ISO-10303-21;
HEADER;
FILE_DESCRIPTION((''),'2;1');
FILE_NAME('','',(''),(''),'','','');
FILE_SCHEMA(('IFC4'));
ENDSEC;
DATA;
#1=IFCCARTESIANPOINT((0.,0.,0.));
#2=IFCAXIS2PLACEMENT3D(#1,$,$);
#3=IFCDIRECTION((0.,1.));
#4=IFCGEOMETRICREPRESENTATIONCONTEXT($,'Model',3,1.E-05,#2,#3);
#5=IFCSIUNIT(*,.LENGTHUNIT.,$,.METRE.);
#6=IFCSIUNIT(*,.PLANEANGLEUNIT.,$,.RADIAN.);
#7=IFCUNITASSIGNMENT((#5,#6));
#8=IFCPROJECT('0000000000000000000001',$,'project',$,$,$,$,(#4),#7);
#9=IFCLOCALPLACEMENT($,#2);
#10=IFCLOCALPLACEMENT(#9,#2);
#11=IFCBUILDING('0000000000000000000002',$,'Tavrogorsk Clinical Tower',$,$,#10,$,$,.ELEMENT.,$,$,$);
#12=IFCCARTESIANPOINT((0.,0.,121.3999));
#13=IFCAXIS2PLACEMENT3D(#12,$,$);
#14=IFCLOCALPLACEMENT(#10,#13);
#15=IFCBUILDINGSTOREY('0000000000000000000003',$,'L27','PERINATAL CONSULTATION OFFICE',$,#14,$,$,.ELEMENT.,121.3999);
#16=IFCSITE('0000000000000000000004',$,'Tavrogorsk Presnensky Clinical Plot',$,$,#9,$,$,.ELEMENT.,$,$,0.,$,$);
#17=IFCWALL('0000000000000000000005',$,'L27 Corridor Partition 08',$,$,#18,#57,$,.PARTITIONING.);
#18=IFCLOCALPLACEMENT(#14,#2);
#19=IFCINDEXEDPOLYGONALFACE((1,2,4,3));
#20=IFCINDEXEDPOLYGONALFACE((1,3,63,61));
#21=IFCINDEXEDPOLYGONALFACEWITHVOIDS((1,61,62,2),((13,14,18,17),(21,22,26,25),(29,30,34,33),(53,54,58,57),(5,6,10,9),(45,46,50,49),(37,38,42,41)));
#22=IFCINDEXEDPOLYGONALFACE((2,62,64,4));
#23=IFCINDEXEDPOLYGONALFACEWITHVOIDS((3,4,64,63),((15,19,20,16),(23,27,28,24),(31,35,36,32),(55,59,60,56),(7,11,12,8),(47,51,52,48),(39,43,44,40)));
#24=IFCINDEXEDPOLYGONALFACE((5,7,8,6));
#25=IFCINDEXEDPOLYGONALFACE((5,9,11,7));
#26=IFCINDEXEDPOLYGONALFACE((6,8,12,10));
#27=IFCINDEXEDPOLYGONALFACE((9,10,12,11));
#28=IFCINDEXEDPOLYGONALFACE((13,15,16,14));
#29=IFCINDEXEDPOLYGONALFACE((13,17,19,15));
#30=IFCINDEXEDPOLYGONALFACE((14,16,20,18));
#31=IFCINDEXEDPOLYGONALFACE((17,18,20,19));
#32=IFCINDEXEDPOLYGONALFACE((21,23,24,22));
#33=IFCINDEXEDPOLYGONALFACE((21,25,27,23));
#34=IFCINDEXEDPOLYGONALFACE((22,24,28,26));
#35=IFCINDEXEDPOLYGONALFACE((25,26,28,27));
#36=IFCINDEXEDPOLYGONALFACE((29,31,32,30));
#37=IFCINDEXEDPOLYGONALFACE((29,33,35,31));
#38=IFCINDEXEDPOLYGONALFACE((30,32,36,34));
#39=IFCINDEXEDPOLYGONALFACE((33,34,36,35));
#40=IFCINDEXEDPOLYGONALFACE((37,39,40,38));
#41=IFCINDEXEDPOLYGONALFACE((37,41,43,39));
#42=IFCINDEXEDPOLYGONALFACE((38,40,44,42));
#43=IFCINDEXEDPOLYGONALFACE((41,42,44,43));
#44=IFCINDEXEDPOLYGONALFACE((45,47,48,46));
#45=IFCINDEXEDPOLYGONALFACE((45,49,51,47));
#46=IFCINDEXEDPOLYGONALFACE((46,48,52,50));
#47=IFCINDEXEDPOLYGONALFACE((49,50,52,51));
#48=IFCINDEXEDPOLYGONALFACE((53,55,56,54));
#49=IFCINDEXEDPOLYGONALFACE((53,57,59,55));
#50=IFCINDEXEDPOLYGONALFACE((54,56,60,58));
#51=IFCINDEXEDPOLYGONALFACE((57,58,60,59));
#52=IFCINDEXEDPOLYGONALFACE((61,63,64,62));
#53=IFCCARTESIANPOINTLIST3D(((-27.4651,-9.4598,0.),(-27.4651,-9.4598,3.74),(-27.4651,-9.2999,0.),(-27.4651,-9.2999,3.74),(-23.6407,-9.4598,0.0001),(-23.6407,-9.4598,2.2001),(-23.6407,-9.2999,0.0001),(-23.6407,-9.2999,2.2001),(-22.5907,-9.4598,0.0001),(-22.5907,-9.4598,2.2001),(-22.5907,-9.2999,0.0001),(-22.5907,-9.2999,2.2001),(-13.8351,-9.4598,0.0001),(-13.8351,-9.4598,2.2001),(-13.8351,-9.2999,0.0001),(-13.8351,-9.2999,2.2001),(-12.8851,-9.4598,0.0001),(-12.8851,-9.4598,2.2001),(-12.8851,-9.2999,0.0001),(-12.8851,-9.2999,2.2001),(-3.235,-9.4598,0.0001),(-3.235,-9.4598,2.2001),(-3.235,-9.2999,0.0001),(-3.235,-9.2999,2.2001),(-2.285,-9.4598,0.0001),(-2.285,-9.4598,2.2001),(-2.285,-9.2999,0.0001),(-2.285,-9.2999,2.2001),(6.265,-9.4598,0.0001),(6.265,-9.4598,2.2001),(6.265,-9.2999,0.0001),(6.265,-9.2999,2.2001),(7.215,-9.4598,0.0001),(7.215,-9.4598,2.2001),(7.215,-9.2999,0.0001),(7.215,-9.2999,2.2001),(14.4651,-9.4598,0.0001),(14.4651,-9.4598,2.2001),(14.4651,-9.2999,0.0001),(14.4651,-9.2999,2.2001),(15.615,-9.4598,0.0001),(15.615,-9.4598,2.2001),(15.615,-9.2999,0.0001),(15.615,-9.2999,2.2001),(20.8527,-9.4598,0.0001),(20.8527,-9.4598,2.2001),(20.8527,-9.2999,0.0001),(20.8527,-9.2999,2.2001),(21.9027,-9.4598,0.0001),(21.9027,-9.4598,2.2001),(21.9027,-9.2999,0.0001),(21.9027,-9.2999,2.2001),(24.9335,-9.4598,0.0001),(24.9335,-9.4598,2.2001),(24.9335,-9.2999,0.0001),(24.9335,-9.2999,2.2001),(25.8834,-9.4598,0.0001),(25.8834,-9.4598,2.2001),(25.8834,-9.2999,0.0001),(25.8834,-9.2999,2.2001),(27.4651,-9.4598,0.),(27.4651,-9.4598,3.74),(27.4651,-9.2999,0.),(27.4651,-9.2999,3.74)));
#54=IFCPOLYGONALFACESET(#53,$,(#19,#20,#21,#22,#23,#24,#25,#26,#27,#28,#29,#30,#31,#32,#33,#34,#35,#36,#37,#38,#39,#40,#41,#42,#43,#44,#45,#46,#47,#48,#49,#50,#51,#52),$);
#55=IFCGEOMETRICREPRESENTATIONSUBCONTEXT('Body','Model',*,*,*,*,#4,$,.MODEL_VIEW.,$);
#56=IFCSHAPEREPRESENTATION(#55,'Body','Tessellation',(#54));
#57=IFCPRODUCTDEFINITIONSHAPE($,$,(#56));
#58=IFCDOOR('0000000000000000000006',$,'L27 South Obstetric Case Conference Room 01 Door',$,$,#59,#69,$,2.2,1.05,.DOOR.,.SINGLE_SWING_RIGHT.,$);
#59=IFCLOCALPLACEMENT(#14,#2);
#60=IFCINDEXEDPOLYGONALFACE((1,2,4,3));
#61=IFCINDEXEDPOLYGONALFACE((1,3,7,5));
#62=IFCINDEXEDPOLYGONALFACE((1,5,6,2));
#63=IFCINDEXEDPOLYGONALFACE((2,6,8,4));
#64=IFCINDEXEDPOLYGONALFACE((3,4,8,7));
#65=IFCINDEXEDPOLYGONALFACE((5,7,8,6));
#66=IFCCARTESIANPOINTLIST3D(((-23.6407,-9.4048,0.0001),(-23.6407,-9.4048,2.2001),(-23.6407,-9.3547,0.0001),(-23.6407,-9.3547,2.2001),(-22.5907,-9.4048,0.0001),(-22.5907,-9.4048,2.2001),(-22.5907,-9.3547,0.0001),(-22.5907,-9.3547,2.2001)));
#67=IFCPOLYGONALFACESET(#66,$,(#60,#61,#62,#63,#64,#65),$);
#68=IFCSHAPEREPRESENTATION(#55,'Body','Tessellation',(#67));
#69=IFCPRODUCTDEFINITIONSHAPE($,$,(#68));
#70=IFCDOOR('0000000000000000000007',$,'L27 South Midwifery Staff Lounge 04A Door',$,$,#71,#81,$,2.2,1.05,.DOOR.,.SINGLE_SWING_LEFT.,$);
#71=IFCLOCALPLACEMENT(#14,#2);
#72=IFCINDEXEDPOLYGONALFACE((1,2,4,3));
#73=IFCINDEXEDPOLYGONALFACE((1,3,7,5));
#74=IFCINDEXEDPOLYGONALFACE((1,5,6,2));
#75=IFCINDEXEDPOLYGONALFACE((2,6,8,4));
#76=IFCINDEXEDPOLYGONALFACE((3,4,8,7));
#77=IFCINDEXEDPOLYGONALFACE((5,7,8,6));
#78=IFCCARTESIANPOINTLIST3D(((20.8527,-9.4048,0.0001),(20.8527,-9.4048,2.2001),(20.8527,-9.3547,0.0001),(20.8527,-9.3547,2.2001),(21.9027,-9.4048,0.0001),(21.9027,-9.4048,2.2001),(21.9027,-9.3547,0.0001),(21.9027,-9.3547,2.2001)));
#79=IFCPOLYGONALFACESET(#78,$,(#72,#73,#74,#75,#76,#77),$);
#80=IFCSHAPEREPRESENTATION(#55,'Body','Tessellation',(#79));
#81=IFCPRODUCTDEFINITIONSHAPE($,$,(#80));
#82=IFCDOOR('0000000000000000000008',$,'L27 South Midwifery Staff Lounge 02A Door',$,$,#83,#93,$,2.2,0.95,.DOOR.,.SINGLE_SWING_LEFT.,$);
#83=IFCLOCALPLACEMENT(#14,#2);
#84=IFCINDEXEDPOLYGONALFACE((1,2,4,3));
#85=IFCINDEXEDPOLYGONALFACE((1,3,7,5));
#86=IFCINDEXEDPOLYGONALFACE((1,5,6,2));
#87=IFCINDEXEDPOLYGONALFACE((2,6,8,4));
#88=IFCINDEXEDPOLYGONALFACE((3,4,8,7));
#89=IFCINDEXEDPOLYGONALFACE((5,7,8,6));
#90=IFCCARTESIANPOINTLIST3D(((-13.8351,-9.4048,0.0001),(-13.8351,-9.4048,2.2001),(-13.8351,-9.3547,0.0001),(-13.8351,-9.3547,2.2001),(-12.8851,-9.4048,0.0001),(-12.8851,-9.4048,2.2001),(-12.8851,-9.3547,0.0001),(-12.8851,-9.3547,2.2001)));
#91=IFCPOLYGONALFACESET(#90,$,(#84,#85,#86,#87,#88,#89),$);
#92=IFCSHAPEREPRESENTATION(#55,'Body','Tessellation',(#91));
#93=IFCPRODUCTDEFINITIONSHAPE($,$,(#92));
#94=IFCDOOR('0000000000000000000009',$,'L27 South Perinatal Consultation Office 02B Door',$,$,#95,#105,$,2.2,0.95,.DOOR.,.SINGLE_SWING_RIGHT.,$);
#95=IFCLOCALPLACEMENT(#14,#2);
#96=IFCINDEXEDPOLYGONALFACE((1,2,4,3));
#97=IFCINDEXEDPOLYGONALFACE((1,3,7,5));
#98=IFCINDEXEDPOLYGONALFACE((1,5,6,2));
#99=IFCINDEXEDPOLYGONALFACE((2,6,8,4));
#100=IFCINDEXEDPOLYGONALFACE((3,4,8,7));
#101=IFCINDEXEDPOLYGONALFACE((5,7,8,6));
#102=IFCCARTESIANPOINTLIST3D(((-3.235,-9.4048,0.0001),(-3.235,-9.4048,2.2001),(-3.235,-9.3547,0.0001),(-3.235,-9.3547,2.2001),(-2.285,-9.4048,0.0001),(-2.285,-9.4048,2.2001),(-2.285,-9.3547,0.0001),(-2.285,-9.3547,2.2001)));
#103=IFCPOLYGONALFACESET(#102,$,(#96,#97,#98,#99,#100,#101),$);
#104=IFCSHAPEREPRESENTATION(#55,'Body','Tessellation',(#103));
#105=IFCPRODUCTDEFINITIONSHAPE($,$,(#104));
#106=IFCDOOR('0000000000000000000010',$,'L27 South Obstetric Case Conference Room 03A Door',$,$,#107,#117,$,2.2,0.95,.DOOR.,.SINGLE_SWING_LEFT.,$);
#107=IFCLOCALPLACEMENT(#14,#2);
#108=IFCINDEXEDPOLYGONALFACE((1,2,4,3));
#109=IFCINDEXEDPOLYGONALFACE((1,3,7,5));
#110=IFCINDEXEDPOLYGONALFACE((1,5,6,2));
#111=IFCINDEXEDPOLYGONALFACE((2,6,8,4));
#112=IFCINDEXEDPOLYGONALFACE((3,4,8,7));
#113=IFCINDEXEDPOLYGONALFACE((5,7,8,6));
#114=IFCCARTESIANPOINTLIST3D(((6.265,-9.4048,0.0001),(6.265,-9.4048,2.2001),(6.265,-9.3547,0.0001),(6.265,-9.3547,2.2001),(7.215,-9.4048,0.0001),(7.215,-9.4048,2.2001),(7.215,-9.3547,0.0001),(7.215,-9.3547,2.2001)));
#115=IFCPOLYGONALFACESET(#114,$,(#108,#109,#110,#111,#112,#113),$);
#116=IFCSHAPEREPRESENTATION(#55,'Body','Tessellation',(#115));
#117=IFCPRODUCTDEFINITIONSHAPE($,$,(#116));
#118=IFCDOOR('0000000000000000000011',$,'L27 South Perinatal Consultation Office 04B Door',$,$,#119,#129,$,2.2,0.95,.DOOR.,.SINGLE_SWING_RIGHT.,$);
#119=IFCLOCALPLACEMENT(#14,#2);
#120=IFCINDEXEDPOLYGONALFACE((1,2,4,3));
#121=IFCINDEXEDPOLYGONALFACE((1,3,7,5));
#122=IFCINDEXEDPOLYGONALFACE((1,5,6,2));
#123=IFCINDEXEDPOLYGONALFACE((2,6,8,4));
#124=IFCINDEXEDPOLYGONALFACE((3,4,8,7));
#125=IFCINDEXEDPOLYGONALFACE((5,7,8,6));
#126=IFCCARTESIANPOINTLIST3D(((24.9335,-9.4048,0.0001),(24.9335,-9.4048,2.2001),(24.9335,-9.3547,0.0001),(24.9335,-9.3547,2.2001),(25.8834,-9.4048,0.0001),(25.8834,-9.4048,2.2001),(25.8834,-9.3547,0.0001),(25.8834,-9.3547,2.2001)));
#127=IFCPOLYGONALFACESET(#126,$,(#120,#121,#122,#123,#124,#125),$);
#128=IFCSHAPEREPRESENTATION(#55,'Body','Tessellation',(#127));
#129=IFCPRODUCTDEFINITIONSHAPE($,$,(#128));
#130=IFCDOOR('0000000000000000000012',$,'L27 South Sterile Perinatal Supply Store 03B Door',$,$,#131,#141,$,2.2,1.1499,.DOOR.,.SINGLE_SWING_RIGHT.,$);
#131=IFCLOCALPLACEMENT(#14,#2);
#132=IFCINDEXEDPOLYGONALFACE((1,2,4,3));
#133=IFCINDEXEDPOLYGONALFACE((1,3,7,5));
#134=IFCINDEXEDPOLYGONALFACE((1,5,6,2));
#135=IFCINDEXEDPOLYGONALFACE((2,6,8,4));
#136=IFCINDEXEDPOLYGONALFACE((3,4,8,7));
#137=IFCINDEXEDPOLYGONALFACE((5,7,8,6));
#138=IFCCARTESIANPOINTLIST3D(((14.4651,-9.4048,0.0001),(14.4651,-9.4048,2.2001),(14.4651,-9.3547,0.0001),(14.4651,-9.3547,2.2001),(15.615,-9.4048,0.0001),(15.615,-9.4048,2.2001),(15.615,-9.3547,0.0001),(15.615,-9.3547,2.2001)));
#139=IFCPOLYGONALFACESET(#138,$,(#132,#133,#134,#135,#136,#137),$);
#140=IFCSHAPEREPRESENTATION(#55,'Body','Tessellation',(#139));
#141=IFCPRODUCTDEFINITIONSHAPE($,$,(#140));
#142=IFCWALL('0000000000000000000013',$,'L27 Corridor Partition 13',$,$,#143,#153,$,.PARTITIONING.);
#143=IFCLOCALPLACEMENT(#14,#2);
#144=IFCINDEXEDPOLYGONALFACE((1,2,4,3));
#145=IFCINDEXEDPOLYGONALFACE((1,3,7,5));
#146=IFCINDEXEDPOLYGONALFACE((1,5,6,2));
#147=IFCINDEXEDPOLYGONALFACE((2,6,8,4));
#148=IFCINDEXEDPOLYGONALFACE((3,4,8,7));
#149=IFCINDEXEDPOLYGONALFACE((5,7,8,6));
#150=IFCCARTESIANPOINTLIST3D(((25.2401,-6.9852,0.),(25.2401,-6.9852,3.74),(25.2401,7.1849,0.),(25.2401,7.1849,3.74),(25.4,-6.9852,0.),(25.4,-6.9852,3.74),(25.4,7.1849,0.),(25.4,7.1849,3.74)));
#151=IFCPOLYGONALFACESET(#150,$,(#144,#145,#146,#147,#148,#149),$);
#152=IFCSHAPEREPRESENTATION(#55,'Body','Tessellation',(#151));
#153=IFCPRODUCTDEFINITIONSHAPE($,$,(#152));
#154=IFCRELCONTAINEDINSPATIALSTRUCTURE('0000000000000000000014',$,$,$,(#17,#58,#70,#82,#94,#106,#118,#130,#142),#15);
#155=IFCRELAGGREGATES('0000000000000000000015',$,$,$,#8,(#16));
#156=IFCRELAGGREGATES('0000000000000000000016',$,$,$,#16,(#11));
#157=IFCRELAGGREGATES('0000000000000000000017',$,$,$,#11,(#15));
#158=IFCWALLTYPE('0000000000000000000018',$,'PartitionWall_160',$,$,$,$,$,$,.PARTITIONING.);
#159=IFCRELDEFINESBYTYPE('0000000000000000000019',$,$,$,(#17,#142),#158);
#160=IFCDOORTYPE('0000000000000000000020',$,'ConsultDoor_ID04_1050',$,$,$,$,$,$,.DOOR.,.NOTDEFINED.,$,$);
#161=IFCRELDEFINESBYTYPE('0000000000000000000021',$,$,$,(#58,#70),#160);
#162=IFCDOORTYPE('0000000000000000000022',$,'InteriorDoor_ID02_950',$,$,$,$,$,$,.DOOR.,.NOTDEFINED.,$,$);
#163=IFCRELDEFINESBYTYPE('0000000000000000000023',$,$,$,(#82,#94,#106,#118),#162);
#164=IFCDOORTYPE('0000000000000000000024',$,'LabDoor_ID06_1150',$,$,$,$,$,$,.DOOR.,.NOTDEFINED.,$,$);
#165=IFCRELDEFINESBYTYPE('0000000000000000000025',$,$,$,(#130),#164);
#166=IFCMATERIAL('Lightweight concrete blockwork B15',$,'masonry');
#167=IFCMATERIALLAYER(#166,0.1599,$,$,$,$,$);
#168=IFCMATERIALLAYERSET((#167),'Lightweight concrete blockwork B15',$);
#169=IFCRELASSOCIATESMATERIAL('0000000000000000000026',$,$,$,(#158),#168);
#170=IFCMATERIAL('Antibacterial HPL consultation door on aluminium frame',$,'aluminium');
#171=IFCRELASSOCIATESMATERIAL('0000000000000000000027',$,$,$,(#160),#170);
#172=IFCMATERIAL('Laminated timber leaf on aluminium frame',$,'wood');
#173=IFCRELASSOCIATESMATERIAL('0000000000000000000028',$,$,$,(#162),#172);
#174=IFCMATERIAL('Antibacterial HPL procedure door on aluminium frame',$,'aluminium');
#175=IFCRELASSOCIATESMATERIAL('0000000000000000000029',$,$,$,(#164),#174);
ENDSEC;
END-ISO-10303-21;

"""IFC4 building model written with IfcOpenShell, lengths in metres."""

from ifc_helpers import new_model, si_unit, direction, frame, frame_2d, origin, place, context, subcontext, project, spatial, rectangle, extrude, material, layer, layer_set, type_object, element, fill, save


model = new_model("IFC4")

# Units and contexts
model_context = context("Model", 3, precision=1e-05, world=origin(), true_north=direction((0.0, 1.0)))
body_context = subcontext(model_context, "Body", "Model", "MODEL_VIEW")
ifc_project = project(units=[si_unit("LENGTHUNIT", "METRE"), si_unit("PLANEANGLEUNIT", "RADIAN")], contexts=[model_context])

# Site, building, storey
site_placement = place(None, origin())
site = spatial("IfcSite", under=ifc_project, at=site_placement, Name="Tavrogorsk Presnensky Clinical Plot", CompositionType="ELEMENT", RefElevation=0.0)
building_placement = place(site_placement, origin())
building = spatial("IfcBuilding", under=site, at=building_placement, Name="Tavrogorsk Clinical Tower", CompositionType="ELEMENT")
storey_placement = place(building_placement, frame((0.0, 0.0, 121.3999)))
storey = spatial("IfcBuildingStorey", under=building, at=storey_placement, Name="L27", Description="PERINATAL CONSULTATION OFFICE", CompositionType="ELEMENT", Elevation=121.3999)

# Wall, openings, doors
ifc_material_1 = material(Name="Lightweight concrete blockwork B15", Category="masonry")
ifc_layer_1 = layer(ifc_material_1, 0.1599)
ifc_layer_set_1 = layer_set([ifc_layer_1], Name="Lightweight concrete blockwork B15")
wall_type_1 = type_object("IfcWallType", Name="PartitionWall_160", PredefinedType="PARTITIONING", material=ifc_layer_set_1)
wall_1_placement = place(storey_placement, frame((27.4651, -9.3799, 0.0), z_axis=(0.0, 0.0, 1.0), x_axis=(-1.0, 0.0, 0.0)))
wall_1 = element("IfcWall", 1, at=wall_1_placement, inside=storey, type_object=wall_type_1, Name="L27 Corridor Partition 08", PredefinedType="PARTITIONING", context=body_context, shape_type="SweptSolid", body=[
    extrude(rectangle(XDim=54.9302, YDim=0.1599, at=frame_2d((27.4651, 0.0))), origin(), (0.0, 0.0, 1.0), 3.74),
])
opening_1_placement = place(wall_1_placement, frame((50.0559, 0.0, 0.0)))
opening_1 = element("IfcOpeningElement", 2, at=opening_1_placement, cuts=wall_1, PredefinedType="OPENING", context=body_context, shape_type="SweptSolid", body=[
    extrude(rectangle(XDim=1.05, YDim=2.2, at=frame_2d((0.5249, 1.1001))), frame((0.0, 0.0898, 0.0), z_axis=(0.0, -1.0, 0.0), x_axis=(1.0, 0.0, 0.0)), (0.0, 0.0, 1.0), 0.1799),
])
opening_2_placement = place(wall_1_placement, frame((40.3501, 0.0, 0.0)))
opening_2 = element("IfcOpeningElement", 3, at=opening_2_placement, cuts=wall_1, PredefinedType="OPENING", context=body_context, shape_type="SweptSolid", body=[
    extrude(rectangle(XDim=0.95, YDim=2.2, at=frame_2d((0.4751, 1.1001))), frame((0.0, 0.0898, 0.0), z_axis=(0.0, -1.0, 0.0), x_axis=(1.0, 0.0, 0.0)), (0.0, 0.0, 1.0), 0.1799),
])
opening_3_placement = place(wall_1_placement, frame((29.75, 0.0, 0.0)))
opening_3 = element("IfcOpeningElement", 4, at=opening_3_placement, cuts=wall_1, PredefinedType="OPENING", context=body_context, shape_type="SweptSolid", body=[
    extrude(rectangle(XDim=0.95, YDim=2.2, at=frame_2d((0.4751, 1.1001))), frame((0.0, 0.0898, 0.0), z_axis=(0.0, -1.0, 0.0), x_axis=(1.0, 0.0, 0.0)), (0.0, 0.0, 1.0), 0.1799),
])
opening_4_placement = place(wall_1_placement, frame((20.25, 0.0, 0.0)))
opening_4 = element("IfcOpeningElement", 5, at=opening_4_placement, cuts=wall_1, PredefinedType="OPENING", context=body_context, shape_type="SweptSolid", body=[
    extrude(rectangle(XDim=0.95, YDim=2.2, at=frame_2d((0.4751, 1.1001))), frame((0.0, 0.0898, 0.0), z_axis=(0.0, -1.0, 0.0), x_axis=(1.0, 0.0, 0.0)), (0.0, 0.0, 1.0), 0.1799),
])
opening_5_placement = place(wall_1_placement, frame((11.8501, 0.0, 0.0)))
opening_5 = element("IfcOpeningElement", 6, at=opening_5_placement, cuts=wall_1, PredefinedType="OPENING", context=body_context, shape_type="SweptSolid", body=[
    extrude(rectangle(XDim=1.1499, YDim=2.2, at=frame_2d((0.575, 1.1001))), frame((0.0, 0.0898, 0.0), z_axis=(0.0, -1.0, 0.0), x_axis=(1.0, 0.0, 0.0)), (0.0, 0.0, 1.0), 0.1799),
])
opening_6_placement = place(wall_1_placement, frame((5.5625, 0.0, 0.0)))
opening_6 = element("IfcOpeningElement", 7, at=opening_6_placement, cuts=wall_1, PredefinedType="OPENING", context=body_context, shape_type="SweptSolid", body=[
    extrude(rectangle(XDim=1.05, YDim=2.2, at=frame_2d((0.5249, 1.1001))), frame((0.0, 0.0898, 0.0), z_axis=(0.0, -1.0, 0.0), x_axis=(1.0, 0.0, 0.0)), (0.0, 0.0, 1.0), 0.1799),
])
opening_7_placement = place(wall_1_placement, frame((1.5815, 0.0, 0.0)))
opening_7 = element("IfcOpeningElement", 8, at=opening_7_placement, cuts=wall_1, PredefinedType="OPENING", context=body_context, shape_type="SweptSolid", body=[
    extrude(rectangle(XDim=0.95, YDim=2.2, at=frame_2d((0.4751, 1.1001))), frame((0.0, 0.0898, 0.0), z_axis=(0.0, -1.0, 0.0), x_axis=(1.0, 0.0, 0.0)), (0.0, 0.0, 1.0), 0.1799),
])
ifc_material_2 = material(Name="Antibacterial HPL consultation door on aluminium frame", Category="aluminium")
door_type_1 = type_object("IfcDoorType", Name="ConsultDoor_ID04_1050", OperationType="NOTDEFINED", PredefinedType="DOOR", material=ifc_material_2)
door_1_placement = place(opening_1_placement, origin())
door_1 = element("IfcDoor", 9, at=door_1_placement, inside=storey, type_object=door_type_1, Name="L27 South Obstetric Case Conference Room 01 Door", OperationType="SINGLE_SWING_RIGHT", OverallHeight=2.2, OverallWidth=1.05, PredefinedType="DOOR", context=body_context, shape_type="SweptSolid", body=[
    extrude(rectangle(XDim=1.05, YDim=2.2, at=frame_2d((0.5249, 1.1001))), frame((0.0, 0.0249, 0.0), z_axis=(0.0, -1.0, 0.0), x_axis=(1.0, 0.0, 0.0)), (0.0, 0.0, 1.0), 0.05),
])
fill(opening_1, door_1)
door_2_placement = place(opening_6_placement, origin())
door_2 = element("IfcDoor", 10, at=door_2_placement, inside=storey, type_object=door_type_1, Name="L27 South Midwifery Staff Lounge 04A Door", OperationType="SINGLE_SWING_LEFT", OverallHeight=2.2, OverallWidth=1.05, PredefinedType="DOOR", context=body_context, shape_type="SweptSolid", body=[
    extrude(rectangle(XDim=1.05, YDim=2.2, at=frame_2d((0.5249, 1.1001))), frame((0.0, 0.0249, 0.0), z_axis=(0.0, -1.0, 0.0), x_axis=(1.0, 0.0, 0.0)), (0.0, 0.0, 1.0), 0.05),
])
fill(opening_6, door_2)
ifc_material_3 = material(Name="Laminated timber leaf on aluminium frame", Category="wood")
door_type_2 = type_object("IfcDoorType", Name="InteriorDoor_ID02_950", OperationType="NOTDEFINED", PredefinedType="DOOR", material=ifc_material_3)
door_3_placement = place(opening_2_placement, origin())
door_3 = element("IfcDoor", 11, at=door_3_placement, inside=storey, type_object=door_type_2, Name="L27 South Midwifery Staff Lounge 02A Door", OperationType="SINGLE_SWING_LEFT", OverallHeight=2.2, OverallWidth=0.95, PredefinedType="DOOR", context=body_context, shape_type="SweptSolid", body=[
    extrude(rectangle(XDim=0.95, YDim=2.2, at=frame_2d((0.4751, 1.1001))), frame((0.0, 0.0249, 0.0), z_axis=(0.0, -1.0, 0.0), x_axis=(1.0, 0.0, 0.0)), (0.0, 0.0, 1.0), 0.05),
])
fill(opening_2, door_3)
door_4_placement = place(opening_3_placement, origin())
door_4 = element("IfcDoor", 12, at=door_4_placement, inside=storey, type_object=door_type_2, Name="L27 South Perinatal Consultation Office 02B Door", OperationType="SINGLE_SWING_RIGHT", OverallHeight=2.2, OverallWidth=0.95, PredefinedType="DOOR", context=body_context, shape_type="SweptSolid", body=[
    extrude(rectangle(XDim=0.95, YDim=2.2, at=frame_2d((0.4751, 1.1001))), frame((0.0, 0.0249, 0.0), z_axis=(0.0, -1.0, 0.0), x_axis=(1.0, 0.0, 0.0)), (0.0, 0.0, 1.0), 0.05),
])
fill(opening_3, door_4)
door_5_placement = place(opening_4_placement, origin())
door_5 = element("IfcDoor", 13, at=door_5_placement, inside=storey, type_object=door_type_2, Name="L27 South Obstetric Case Conference Room 03A Door", OperationType="SINGLE_SWING_LEFT", OverallHeight=2.2, OverallWidth=0.95, PredefinedType="DOOR", context=body_context, shape_type="SweptSolid", body=[
    extrude(rectangle(XDim=0.95, YDim=2.2, at=frame_2d((0.4751, 1.1001))), frame((0.0, 0.0249, 0.0), z_axis=(0.0, -1.0, 0.0), x_axis=(1.0, 0.0, 0.0)), (0.0, 0.0, 1.0), 0.05),
])
fill(opening_4, door_5)
door_6_placement = place(opening_7_placement, origin())
door_6 = element("IfcDoor", 14, at=door_6_placement, inside=storey, type_object=door_type_2, Name="L27 South Perinatal Consultation Office 04B Door", OperationType="SINGLE_SWING_RIGHT", OverallHeight=2.2, OverallWidth=0.95, PredefinedType="DOOR", context=body_context, shape_type="SweptSolid", body=[
    extrude(rectangle(XDim=0.95, YDim=2.2, at=frame_2d((0.4751, 1.1001))), frame((0.0, 0.0249, 0.0), z_axis=(0.0, -1.0, 0.0), x_axis=(1.0, 0.0, 0.0)), (0.0, 0.0, 1.0), 0.05),
])
fill(opening_7, door_6)
ifc_material_4 = material(Name="Antibacterial HPL procedure door on aluminium frame", Category="aluminium")
door_type_3 = type_object("IfcDoorType", Name="LabDoor_ID06_1150", OperationType="NOTDEFINED", PredefinedType="DOOR", material=ifc_material_4)
door_7_placement = place(opening_5_placement, origin())
door_7 = element("IfcDoor", 15, at=door_7_placement, inside=storey, type_object=door_type_3, Name="L27 South Sterile Perinatal Supply Store 03B Door", OperationType="SINGLE_SWING_RIGHT", OverallHeight=2.2, OverallWidth=1.1499, PredefinedType="DOOR", context=body_context, shape_type="SweptSolid", body=[
    extrude(rectangle(XDim=1.1499, YDim=2.2, at=frame_2d((0.575, 1.1001))), frame((0.0, 0.0249, 0.0), z_axis=(0.0, -1.0, 0.0), x_axis=(1.0, 0.0, 0.0)), (0.0, 0.0, 1.0), 0.05),
])
fill(opening_5, door_7)

# Wall
wall_2_placement = place(storey_placement, frame((25.3201, -6.9851, 0.0), z_axis=(0.0, 0.0, 1.0), x_axis=(0.0, 1.0, 0.0)))
element("IfcWall", 16, at=wall_2_placement, inside=storey, type_object=wall_type_1, Name="L27 Corridor Partition 13", PredefinedType="PARTITIONING", context=body_context, shape_type="SweptSolid", body=[
    extrude(rectangle(XDim=14.1702, YDim=0.1599, at=frame_2d((7.085, 0.0))), origin(), (0.0, 0.0, 1.0), 3.74),
])

save(model, "model.ifc")
